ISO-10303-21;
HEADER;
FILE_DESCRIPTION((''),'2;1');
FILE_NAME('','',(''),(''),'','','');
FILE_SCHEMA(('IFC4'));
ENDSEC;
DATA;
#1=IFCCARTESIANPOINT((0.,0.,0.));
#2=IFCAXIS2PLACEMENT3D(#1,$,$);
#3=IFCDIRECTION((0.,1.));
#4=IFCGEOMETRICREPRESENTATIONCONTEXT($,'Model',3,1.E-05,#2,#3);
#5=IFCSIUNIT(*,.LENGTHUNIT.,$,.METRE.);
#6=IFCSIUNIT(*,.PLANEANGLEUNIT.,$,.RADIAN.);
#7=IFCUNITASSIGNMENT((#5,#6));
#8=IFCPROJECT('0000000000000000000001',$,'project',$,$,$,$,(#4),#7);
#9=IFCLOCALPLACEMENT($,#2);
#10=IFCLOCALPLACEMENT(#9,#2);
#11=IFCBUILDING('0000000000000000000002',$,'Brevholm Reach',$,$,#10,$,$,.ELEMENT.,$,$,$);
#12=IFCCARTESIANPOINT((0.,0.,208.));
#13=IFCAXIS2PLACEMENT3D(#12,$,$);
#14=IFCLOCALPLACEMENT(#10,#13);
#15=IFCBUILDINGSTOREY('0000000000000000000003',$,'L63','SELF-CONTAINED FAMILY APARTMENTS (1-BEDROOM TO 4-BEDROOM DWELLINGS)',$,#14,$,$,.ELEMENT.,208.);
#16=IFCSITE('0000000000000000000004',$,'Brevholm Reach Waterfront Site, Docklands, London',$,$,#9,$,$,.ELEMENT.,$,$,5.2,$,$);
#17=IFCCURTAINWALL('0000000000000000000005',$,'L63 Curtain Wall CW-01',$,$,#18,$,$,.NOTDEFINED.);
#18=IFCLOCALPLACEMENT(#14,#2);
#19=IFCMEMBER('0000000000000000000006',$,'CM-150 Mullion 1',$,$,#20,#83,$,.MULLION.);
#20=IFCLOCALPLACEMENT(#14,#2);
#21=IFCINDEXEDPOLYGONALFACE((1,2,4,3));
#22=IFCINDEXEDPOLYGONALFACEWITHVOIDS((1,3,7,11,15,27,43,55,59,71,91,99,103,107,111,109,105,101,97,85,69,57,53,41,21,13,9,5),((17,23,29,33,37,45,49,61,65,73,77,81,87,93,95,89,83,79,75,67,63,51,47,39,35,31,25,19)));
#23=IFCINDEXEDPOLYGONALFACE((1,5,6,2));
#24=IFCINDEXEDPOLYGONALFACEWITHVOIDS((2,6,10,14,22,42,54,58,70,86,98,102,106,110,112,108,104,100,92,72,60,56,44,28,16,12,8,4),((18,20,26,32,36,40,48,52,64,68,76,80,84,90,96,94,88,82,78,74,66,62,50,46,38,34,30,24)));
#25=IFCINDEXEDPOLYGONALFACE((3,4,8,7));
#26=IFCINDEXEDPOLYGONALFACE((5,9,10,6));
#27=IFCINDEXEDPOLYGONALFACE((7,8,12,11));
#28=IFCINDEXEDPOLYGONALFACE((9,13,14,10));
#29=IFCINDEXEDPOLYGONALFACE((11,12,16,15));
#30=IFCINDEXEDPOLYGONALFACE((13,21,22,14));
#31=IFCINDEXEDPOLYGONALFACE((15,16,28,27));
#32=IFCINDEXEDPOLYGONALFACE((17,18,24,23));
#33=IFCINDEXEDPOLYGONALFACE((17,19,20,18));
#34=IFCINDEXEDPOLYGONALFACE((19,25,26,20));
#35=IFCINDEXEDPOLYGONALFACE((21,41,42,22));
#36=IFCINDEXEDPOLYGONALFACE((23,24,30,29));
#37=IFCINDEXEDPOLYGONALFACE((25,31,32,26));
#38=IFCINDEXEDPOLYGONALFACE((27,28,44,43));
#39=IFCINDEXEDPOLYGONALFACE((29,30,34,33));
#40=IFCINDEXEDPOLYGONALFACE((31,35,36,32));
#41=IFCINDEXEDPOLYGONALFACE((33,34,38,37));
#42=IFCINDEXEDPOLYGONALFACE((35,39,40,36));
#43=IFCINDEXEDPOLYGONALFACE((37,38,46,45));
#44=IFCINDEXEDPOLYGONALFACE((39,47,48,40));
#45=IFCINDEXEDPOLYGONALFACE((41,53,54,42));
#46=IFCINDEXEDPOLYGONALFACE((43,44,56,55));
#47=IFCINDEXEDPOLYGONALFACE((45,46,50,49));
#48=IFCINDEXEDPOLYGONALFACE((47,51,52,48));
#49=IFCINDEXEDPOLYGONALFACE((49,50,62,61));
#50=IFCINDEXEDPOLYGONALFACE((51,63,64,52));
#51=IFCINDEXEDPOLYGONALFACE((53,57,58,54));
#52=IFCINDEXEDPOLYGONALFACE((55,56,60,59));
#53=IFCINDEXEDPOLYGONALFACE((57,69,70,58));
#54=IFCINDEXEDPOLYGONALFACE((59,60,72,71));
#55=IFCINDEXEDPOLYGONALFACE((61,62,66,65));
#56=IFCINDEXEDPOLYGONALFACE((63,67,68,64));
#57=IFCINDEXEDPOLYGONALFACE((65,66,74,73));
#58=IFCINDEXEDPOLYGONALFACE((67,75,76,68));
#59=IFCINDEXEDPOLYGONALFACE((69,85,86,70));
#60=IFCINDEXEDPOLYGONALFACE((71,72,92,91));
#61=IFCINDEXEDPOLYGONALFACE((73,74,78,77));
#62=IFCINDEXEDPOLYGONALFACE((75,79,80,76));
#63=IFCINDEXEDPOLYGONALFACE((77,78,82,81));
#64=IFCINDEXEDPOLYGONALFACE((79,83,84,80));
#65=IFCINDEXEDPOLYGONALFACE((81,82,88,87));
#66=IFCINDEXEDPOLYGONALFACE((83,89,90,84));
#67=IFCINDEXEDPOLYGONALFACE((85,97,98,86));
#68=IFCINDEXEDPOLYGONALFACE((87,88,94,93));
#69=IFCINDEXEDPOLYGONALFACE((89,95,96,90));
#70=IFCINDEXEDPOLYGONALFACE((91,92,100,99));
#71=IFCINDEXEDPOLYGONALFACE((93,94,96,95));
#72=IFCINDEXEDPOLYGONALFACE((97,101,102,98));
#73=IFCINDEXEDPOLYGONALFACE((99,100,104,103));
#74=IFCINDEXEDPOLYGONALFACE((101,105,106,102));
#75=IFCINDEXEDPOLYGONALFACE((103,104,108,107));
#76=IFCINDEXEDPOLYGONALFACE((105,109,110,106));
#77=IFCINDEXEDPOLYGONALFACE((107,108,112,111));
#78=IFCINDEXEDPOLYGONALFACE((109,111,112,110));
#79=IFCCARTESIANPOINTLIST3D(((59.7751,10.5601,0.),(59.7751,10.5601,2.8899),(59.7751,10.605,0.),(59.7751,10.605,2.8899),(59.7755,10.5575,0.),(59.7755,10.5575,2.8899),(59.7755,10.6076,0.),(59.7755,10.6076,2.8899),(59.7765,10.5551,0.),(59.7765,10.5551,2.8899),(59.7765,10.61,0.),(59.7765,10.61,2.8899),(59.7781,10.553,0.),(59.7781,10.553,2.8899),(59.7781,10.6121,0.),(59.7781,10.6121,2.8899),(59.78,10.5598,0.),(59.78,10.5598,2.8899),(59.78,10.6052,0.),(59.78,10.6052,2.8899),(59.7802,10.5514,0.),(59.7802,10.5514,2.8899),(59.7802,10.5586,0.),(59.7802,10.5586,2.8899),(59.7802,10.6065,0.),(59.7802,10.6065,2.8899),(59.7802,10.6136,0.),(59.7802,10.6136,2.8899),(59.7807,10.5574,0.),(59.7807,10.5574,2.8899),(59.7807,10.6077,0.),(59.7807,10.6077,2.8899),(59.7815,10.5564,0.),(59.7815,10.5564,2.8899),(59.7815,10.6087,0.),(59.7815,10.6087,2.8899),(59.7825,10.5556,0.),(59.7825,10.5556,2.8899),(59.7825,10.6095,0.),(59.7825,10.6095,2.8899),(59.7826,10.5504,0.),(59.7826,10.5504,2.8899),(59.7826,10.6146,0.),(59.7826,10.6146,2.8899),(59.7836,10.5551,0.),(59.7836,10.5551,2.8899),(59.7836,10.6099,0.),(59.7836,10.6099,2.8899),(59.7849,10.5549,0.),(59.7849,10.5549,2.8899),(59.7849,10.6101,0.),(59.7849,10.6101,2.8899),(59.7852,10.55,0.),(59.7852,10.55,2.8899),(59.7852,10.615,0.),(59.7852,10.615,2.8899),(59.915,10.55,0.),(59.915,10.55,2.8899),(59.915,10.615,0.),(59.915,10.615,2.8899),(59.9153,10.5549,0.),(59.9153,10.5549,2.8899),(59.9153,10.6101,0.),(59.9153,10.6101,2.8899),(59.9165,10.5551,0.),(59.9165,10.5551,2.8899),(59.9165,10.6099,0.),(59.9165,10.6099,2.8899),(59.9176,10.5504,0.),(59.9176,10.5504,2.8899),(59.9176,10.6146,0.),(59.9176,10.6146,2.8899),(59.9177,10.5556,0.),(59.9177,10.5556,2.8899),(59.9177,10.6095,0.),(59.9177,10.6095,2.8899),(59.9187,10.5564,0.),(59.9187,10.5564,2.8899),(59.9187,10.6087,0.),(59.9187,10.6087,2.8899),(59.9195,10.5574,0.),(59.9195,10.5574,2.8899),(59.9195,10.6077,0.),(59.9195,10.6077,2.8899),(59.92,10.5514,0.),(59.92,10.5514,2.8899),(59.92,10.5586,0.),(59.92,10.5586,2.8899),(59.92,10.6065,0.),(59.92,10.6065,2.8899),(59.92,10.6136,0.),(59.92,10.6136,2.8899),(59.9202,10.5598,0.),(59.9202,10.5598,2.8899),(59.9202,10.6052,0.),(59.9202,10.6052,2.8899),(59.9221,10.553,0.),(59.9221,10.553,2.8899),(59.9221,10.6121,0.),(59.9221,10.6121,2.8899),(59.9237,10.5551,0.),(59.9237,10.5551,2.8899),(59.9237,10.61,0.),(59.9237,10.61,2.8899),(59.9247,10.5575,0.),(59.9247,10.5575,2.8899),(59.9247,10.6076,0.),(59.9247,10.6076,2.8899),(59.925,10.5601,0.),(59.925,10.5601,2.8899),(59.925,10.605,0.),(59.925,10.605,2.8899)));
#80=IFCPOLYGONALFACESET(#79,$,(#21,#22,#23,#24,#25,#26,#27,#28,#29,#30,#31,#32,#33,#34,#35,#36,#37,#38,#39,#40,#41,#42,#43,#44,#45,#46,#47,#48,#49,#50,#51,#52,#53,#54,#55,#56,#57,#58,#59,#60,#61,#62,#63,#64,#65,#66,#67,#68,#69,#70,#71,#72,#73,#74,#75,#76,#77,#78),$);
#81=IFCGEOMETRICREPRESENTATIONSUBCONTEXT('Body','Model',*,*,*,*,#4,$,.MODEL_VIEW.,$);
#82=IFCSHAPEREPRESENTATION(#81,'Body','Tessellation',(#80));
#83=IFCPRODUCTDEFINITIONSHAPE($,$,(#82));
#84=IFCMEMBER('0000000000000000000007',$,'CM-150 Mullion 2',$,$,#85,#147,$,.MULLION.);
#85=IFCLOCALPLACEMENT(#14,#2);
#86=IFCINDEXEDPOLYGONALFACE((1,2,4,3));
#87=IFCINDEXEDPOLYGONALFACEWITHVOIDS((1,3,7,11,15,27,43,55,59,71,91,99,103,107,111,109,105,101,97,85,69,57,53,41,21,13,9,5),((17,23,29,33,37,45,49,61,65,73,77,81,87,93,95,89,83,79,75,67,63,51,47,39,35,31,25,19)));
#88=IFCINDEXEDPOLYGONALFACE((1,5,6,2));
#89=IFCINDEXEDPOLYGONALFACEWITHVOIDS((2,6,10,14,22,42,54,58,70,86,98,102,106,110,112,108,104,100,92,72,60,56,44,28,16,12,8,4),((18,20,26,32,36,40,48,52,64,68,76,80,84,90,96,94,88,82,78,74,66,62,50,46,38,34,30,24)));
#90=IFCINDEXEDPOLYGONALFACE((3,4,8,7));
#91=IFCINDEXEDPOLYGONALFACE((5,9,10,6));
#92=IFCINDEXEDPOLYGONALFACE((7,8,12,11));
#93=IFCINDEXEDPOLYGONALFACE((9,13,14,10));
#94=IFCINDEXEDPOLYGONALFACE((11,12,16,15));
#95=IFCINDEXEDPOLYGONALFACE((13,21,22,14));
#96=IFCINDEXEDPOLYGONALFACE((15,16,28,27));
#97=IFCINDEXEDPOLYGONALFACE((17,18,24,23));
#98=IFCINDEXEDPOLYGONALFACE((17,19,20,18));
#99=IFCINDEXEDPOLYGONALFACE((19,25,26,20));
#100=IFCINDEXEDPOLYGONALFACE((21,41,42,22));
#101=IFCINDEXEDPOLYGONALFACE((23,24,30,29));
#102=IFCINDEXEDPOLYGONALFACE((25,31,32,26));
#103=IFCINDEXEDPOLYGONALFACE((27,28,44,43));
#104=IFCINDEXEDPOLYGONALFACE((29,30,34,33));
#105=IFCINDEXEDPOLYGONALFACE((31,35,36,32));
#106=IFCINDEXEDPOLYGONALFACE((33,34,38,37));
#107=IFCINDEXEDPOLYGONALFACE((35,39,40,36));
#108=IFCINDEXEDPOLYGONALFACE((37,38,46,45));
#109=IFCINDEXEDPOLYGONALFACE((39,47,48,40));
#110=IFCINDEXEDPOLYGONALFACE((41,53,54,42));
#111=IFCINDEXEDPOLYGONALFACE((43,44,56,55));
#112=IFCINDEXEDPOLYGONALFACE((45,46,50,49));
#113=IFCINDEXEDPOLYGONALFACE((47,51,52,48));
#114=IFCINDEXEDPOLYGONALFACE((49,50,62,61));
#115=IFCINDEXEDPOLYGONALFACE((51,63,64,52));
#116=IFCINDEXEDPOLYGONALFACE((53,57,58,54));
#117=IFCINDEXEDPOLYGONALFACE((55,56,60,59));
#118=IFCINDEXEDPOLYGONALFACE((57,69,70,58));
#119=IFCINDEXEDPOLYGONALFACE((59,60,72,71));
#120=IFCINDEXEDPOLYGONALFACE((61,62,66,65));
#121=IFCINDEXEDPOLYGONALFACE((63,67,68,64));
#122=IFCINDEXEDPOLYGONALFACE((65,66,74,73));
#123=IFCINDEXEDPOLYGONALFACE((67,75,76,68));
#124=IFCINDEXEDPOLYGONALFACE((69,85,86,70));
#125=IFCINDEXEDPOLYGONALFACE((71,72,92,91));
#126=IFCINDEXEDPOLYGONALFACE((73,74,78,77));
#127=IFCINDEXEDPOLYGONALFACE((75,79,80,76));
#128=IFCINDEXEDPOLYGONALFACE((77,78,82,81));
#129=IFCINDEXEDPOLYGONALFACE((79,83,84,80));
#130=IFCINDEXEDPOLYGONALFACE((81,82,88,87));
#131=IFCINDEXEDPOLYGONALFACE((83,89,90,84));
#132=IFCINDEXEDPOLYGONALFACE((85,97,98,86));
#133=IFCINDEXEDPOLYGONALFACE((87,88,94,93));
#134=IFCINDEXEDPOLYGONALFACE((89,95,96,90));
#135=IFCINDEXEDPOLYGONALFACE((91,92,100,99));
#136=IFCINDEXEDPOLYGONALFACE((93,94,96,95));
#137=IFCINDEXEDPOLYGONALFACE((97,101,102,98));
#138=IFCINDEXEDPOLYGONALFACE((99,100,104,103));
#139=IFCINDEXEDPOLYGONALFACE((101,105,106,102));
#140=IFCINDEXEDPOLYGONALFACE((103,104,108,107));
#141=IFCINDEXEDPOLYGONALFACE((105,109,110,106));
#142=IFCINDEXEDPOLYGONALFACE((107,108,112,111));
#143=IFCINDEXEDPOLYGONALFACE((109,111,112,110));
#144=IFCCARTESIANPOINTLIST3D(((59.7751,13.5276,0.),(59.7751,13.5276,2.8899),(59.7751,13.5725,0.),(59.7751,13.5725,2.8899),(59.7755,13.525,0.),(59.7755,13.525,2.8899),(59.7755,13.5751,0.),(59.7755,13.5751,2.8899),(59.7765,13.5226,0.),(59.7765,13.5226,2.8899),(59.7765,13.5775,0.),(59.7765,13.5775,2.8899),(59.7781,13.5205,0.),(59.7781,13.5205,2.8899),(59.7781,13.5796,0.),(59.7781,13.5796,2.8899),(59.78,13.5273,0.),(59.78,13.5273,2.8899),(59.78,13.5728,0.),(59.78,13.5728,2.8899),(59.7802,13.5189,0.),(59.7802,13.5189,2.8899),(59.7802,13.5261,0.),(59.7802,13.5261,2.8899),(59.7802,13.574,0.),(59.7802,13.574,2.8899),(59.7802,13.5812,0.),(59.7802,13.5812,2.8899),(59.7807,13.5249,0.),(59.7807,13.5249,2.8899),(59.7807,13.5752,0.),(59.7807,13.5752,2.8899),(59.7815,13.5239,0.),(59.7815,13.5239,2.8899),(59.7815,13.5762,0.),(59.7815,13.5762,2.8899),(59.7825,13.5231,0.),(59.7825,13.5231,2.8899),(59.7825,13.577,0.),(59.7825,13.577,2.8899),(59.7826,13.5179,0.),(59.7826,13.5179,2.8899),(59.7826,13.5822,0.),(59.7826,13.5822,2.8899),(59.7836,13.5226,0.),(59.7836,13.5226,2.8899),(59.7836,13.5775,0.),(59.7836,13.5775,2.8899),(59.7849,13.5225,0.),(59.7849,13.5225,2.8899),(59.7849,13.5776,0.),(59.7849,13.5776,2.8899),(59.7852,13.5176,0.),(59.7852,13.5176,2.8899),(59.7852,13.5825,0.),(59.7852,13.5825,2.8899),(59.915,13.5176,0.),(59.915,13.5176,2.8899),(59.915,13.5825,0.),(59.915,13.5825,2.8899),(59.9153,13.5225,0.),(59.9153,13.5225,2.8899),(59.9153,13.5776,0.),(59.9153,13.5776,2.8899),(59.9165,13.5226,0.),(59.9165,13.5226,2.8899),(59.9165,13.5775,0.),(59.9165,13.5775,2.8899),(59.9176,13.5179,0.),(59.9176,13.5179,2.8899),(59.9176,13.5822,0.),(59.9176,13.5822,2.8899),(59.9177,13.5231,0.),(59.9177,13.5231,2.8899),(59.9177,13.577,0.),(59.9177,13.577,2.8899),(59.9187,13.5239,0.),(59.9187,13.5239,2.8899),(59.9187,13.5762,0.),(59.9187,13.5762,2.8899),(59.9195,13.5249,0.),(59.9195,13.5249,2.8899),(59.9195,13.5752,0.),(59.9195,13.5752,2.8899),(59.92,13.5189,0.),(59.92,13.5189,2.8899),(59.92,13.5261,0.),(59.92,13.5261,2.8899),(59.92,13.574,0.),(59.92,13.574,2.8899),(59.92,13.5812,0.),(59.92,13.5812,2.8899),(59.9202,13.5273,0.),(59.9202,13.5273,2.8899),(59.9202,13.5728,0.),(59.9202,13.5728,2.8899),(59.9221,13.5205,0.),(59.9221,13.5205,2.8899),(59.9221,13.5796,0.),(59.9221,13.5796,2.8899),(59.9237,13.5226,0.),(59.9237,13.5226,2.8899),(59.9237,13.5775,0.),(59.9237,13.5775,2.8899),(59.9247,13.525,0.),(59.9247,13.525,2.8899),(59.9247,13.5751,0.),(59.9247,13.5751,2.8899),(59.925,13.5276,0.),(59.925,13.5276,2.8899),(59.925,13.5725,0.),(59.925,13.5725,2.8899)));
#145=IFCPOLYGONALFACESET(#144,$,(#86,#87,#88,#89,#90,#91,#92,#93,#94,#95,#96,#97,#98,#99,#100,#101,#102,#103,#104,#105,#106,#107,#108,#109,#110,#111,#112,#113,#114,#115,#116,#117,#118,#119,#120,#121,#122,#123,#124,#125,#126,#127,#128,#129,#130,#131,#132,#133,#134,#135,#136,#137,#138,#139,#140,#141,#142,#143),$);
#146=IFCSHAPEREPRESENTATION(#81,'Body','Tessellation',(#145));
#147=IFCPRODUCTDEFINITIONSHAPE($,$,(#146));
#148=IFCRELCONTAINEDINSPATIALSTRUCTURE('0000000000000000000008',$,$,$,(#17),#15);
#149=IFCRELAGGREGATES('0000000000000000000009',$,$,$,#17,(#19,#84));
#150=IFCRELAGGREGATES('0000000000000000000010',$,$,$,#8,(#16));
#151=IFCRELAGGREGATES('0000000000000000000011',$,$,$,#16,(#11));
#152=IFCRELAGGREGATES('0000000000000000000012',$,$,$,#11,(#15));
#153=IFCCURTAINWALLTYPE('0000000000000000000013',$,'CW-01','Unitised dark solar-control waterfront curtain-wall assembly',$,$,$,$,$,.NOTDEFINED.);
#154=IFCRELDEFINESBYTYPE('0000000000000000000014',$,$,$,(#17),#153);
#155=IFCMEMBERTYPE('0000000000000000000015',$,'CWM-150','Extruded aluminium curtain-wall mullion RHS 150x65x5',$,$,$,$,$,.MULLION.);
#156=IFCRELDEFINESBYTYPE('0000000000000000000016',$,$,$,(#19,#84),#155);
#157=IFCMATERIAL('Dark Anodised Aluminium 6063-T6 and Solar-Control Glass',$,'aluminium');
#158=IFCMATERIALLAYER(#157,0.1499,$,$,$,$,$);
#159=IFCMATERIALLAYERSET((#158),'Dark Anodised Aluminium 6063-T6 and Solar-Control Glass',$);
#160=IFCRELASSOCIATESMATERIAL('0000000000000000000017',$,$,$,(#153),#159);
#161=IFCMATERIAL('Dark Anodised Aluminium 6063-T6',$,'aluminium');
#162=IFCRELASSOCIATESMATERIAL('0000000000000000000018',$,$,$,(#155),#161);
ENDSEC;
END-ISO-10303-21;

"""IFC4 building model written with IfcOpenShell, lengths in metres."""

from ifc_helpers import new_model, si_unit, direction, frame, origin, origin_2d, place, context, subcontext, project, spatial, hollow_rectangle, extrude, material, layer, layer_set, material_profile, profile_set, type_object, element, aggregate, save


model = new_model("IFC4")

# Units and contexts
model_context = context("Model", 3, precision=1e-05, world=origin(), true_north=direction((0.0, 1.0)))
body_context = subcontext(model_context, "Body", "Model", "MODEL_VIEW")
ifc_project = project(units=[si_unit("LENGTHUNIT", "METRE"), si_unit("PLANEANGLEUNIT", "RADIAN")], contexts=[model_context])

# Site, building, storey
site_placement = place(None, origin())
site = spatial("IfcSite", under=ifc_project, at=site_placement, Name="Brevholm Reach Waterfront Site, Docklands, London", CompositionType="ELEMENT", RefElevation=5.2)
building_placement = place(site_placement, origin())
building = spatial("IfcBuilding", under=site, at=building_placement, Name="Brevholm Reach", CompositionType="ELEMENT")
storey_placement = place(building_placement, frame((0.0, 0.0, 208.0)))
storey = spatial("IfcBuildingStorey", under=building, at=storey_placement, Name="L63", Description="SELF-CONTAINED FAMILY APARTMENTS (1-BEDROOM TO 4-BEDROOM DWELLINGS)", CompositionType="ELEMENT", Elevation=208.0)

# Curtain wall, members
ifc_material_1 = material(Name="Dark Anodised Aluminium 6063-T6 and Solar-Control Glass", Category="aluminium")
ifc_layer_1 = layer(ifc_material_1, 0.1499)
ifc_layer_set_1 = layer_set([ifc_layer_1], Name="Dark Anodised Aluminium 6063-T6 and Solar-Control Glass")
curtain_wall_type = type_object("IfcCurtainWallType", Name="CW-01", Description="Unitised dark solar-control waterfront curtain-wall assembly", PredefinedType="NOTDEFINED", material=ifc_layer_set_1)
curtain_wall_placement = place(storey_placement, origin())
curtain_wall = element("IfcCurtainWall", 1, at=curtain_wall_placement, inside=storey, type_object=curtain_wall_type, Name="L63 Curtain Wall CW-01", PredefinedType="NOTDEFINED")
ifc_material_2 = material(Name="Dark Anodised Aluminium 6063-T6", Category="aluminium")
ifc_material_profile_1 = material_profile(ifc_material_2, hollow_rectangle(XDim=0.0649, YDim=0.1499, WallThickness=0.0049, InnerFilletRadius=0.0049, OuterFilletRadius=0.01, at=origin_2d()), Name="RHS 150x65x5")
ifc_profile_set_1 = profile_set([ifc_material_profile_1], Name="Dark Anodised Aluminium 6063-T6")
member_type_1 = type_object("IfcMemberType", Name="CWM-150", Description="Extruded aluminium curtain-wall mullion RHS 150x65x5", PredefinedType="MULLION", material=ifc_profile_set_1)
member_1_placement = place(storey_placement, frame((59.8501, 10.5825, 0.0), z_axis=(0.0, 0.0, 1.0), x_axis=(0.0, 1.0, 0.0)))
member_1 = element("IfcMember", 2, at=member_1_placement, type_object=member_type_1, Name="CM-150 Mullion 1", PredefinedType="MULLION", context=body_context, shape_type="SweptSolid", body=[
    extrude(hollow_rectangle(XDim=0.0649, YDim=0.1499, WallThickness=0.0049, InnerFilletRadius=0.0049, OuterFilletRadius=0.01, at=origin_2d()), origin(), (0.0, 0.0, 1.0), 2.8899),
])
member_2_placement = place(storey_placement, frame((59.8501, 13.55, 0.0), z_axis=(0.0, 0.0, 1.0), x_axis=(0.0, 1.0, 0.0)))
member_2 = element("IfcMember", 3, at=member_2_placement, type_object=member_type_1, Name="CM-150 Mullion 2", PredefinedType="MULLION", context=body_context, shape_type="SweptSolid", body=[
    extrude(hollow_rectangle(XDim=0.0649, YDim=0.1499, WallThickness=0.0049, InnerFilletRadius=0.0049, OuterFilletRadius=0.01, at=origin_2d()), origin(), (0.0, 0.0, 1.0), 2.8899),
])
aggregate(curtain_wall, [member_1, member_2])

save(model, "model.ifc")
